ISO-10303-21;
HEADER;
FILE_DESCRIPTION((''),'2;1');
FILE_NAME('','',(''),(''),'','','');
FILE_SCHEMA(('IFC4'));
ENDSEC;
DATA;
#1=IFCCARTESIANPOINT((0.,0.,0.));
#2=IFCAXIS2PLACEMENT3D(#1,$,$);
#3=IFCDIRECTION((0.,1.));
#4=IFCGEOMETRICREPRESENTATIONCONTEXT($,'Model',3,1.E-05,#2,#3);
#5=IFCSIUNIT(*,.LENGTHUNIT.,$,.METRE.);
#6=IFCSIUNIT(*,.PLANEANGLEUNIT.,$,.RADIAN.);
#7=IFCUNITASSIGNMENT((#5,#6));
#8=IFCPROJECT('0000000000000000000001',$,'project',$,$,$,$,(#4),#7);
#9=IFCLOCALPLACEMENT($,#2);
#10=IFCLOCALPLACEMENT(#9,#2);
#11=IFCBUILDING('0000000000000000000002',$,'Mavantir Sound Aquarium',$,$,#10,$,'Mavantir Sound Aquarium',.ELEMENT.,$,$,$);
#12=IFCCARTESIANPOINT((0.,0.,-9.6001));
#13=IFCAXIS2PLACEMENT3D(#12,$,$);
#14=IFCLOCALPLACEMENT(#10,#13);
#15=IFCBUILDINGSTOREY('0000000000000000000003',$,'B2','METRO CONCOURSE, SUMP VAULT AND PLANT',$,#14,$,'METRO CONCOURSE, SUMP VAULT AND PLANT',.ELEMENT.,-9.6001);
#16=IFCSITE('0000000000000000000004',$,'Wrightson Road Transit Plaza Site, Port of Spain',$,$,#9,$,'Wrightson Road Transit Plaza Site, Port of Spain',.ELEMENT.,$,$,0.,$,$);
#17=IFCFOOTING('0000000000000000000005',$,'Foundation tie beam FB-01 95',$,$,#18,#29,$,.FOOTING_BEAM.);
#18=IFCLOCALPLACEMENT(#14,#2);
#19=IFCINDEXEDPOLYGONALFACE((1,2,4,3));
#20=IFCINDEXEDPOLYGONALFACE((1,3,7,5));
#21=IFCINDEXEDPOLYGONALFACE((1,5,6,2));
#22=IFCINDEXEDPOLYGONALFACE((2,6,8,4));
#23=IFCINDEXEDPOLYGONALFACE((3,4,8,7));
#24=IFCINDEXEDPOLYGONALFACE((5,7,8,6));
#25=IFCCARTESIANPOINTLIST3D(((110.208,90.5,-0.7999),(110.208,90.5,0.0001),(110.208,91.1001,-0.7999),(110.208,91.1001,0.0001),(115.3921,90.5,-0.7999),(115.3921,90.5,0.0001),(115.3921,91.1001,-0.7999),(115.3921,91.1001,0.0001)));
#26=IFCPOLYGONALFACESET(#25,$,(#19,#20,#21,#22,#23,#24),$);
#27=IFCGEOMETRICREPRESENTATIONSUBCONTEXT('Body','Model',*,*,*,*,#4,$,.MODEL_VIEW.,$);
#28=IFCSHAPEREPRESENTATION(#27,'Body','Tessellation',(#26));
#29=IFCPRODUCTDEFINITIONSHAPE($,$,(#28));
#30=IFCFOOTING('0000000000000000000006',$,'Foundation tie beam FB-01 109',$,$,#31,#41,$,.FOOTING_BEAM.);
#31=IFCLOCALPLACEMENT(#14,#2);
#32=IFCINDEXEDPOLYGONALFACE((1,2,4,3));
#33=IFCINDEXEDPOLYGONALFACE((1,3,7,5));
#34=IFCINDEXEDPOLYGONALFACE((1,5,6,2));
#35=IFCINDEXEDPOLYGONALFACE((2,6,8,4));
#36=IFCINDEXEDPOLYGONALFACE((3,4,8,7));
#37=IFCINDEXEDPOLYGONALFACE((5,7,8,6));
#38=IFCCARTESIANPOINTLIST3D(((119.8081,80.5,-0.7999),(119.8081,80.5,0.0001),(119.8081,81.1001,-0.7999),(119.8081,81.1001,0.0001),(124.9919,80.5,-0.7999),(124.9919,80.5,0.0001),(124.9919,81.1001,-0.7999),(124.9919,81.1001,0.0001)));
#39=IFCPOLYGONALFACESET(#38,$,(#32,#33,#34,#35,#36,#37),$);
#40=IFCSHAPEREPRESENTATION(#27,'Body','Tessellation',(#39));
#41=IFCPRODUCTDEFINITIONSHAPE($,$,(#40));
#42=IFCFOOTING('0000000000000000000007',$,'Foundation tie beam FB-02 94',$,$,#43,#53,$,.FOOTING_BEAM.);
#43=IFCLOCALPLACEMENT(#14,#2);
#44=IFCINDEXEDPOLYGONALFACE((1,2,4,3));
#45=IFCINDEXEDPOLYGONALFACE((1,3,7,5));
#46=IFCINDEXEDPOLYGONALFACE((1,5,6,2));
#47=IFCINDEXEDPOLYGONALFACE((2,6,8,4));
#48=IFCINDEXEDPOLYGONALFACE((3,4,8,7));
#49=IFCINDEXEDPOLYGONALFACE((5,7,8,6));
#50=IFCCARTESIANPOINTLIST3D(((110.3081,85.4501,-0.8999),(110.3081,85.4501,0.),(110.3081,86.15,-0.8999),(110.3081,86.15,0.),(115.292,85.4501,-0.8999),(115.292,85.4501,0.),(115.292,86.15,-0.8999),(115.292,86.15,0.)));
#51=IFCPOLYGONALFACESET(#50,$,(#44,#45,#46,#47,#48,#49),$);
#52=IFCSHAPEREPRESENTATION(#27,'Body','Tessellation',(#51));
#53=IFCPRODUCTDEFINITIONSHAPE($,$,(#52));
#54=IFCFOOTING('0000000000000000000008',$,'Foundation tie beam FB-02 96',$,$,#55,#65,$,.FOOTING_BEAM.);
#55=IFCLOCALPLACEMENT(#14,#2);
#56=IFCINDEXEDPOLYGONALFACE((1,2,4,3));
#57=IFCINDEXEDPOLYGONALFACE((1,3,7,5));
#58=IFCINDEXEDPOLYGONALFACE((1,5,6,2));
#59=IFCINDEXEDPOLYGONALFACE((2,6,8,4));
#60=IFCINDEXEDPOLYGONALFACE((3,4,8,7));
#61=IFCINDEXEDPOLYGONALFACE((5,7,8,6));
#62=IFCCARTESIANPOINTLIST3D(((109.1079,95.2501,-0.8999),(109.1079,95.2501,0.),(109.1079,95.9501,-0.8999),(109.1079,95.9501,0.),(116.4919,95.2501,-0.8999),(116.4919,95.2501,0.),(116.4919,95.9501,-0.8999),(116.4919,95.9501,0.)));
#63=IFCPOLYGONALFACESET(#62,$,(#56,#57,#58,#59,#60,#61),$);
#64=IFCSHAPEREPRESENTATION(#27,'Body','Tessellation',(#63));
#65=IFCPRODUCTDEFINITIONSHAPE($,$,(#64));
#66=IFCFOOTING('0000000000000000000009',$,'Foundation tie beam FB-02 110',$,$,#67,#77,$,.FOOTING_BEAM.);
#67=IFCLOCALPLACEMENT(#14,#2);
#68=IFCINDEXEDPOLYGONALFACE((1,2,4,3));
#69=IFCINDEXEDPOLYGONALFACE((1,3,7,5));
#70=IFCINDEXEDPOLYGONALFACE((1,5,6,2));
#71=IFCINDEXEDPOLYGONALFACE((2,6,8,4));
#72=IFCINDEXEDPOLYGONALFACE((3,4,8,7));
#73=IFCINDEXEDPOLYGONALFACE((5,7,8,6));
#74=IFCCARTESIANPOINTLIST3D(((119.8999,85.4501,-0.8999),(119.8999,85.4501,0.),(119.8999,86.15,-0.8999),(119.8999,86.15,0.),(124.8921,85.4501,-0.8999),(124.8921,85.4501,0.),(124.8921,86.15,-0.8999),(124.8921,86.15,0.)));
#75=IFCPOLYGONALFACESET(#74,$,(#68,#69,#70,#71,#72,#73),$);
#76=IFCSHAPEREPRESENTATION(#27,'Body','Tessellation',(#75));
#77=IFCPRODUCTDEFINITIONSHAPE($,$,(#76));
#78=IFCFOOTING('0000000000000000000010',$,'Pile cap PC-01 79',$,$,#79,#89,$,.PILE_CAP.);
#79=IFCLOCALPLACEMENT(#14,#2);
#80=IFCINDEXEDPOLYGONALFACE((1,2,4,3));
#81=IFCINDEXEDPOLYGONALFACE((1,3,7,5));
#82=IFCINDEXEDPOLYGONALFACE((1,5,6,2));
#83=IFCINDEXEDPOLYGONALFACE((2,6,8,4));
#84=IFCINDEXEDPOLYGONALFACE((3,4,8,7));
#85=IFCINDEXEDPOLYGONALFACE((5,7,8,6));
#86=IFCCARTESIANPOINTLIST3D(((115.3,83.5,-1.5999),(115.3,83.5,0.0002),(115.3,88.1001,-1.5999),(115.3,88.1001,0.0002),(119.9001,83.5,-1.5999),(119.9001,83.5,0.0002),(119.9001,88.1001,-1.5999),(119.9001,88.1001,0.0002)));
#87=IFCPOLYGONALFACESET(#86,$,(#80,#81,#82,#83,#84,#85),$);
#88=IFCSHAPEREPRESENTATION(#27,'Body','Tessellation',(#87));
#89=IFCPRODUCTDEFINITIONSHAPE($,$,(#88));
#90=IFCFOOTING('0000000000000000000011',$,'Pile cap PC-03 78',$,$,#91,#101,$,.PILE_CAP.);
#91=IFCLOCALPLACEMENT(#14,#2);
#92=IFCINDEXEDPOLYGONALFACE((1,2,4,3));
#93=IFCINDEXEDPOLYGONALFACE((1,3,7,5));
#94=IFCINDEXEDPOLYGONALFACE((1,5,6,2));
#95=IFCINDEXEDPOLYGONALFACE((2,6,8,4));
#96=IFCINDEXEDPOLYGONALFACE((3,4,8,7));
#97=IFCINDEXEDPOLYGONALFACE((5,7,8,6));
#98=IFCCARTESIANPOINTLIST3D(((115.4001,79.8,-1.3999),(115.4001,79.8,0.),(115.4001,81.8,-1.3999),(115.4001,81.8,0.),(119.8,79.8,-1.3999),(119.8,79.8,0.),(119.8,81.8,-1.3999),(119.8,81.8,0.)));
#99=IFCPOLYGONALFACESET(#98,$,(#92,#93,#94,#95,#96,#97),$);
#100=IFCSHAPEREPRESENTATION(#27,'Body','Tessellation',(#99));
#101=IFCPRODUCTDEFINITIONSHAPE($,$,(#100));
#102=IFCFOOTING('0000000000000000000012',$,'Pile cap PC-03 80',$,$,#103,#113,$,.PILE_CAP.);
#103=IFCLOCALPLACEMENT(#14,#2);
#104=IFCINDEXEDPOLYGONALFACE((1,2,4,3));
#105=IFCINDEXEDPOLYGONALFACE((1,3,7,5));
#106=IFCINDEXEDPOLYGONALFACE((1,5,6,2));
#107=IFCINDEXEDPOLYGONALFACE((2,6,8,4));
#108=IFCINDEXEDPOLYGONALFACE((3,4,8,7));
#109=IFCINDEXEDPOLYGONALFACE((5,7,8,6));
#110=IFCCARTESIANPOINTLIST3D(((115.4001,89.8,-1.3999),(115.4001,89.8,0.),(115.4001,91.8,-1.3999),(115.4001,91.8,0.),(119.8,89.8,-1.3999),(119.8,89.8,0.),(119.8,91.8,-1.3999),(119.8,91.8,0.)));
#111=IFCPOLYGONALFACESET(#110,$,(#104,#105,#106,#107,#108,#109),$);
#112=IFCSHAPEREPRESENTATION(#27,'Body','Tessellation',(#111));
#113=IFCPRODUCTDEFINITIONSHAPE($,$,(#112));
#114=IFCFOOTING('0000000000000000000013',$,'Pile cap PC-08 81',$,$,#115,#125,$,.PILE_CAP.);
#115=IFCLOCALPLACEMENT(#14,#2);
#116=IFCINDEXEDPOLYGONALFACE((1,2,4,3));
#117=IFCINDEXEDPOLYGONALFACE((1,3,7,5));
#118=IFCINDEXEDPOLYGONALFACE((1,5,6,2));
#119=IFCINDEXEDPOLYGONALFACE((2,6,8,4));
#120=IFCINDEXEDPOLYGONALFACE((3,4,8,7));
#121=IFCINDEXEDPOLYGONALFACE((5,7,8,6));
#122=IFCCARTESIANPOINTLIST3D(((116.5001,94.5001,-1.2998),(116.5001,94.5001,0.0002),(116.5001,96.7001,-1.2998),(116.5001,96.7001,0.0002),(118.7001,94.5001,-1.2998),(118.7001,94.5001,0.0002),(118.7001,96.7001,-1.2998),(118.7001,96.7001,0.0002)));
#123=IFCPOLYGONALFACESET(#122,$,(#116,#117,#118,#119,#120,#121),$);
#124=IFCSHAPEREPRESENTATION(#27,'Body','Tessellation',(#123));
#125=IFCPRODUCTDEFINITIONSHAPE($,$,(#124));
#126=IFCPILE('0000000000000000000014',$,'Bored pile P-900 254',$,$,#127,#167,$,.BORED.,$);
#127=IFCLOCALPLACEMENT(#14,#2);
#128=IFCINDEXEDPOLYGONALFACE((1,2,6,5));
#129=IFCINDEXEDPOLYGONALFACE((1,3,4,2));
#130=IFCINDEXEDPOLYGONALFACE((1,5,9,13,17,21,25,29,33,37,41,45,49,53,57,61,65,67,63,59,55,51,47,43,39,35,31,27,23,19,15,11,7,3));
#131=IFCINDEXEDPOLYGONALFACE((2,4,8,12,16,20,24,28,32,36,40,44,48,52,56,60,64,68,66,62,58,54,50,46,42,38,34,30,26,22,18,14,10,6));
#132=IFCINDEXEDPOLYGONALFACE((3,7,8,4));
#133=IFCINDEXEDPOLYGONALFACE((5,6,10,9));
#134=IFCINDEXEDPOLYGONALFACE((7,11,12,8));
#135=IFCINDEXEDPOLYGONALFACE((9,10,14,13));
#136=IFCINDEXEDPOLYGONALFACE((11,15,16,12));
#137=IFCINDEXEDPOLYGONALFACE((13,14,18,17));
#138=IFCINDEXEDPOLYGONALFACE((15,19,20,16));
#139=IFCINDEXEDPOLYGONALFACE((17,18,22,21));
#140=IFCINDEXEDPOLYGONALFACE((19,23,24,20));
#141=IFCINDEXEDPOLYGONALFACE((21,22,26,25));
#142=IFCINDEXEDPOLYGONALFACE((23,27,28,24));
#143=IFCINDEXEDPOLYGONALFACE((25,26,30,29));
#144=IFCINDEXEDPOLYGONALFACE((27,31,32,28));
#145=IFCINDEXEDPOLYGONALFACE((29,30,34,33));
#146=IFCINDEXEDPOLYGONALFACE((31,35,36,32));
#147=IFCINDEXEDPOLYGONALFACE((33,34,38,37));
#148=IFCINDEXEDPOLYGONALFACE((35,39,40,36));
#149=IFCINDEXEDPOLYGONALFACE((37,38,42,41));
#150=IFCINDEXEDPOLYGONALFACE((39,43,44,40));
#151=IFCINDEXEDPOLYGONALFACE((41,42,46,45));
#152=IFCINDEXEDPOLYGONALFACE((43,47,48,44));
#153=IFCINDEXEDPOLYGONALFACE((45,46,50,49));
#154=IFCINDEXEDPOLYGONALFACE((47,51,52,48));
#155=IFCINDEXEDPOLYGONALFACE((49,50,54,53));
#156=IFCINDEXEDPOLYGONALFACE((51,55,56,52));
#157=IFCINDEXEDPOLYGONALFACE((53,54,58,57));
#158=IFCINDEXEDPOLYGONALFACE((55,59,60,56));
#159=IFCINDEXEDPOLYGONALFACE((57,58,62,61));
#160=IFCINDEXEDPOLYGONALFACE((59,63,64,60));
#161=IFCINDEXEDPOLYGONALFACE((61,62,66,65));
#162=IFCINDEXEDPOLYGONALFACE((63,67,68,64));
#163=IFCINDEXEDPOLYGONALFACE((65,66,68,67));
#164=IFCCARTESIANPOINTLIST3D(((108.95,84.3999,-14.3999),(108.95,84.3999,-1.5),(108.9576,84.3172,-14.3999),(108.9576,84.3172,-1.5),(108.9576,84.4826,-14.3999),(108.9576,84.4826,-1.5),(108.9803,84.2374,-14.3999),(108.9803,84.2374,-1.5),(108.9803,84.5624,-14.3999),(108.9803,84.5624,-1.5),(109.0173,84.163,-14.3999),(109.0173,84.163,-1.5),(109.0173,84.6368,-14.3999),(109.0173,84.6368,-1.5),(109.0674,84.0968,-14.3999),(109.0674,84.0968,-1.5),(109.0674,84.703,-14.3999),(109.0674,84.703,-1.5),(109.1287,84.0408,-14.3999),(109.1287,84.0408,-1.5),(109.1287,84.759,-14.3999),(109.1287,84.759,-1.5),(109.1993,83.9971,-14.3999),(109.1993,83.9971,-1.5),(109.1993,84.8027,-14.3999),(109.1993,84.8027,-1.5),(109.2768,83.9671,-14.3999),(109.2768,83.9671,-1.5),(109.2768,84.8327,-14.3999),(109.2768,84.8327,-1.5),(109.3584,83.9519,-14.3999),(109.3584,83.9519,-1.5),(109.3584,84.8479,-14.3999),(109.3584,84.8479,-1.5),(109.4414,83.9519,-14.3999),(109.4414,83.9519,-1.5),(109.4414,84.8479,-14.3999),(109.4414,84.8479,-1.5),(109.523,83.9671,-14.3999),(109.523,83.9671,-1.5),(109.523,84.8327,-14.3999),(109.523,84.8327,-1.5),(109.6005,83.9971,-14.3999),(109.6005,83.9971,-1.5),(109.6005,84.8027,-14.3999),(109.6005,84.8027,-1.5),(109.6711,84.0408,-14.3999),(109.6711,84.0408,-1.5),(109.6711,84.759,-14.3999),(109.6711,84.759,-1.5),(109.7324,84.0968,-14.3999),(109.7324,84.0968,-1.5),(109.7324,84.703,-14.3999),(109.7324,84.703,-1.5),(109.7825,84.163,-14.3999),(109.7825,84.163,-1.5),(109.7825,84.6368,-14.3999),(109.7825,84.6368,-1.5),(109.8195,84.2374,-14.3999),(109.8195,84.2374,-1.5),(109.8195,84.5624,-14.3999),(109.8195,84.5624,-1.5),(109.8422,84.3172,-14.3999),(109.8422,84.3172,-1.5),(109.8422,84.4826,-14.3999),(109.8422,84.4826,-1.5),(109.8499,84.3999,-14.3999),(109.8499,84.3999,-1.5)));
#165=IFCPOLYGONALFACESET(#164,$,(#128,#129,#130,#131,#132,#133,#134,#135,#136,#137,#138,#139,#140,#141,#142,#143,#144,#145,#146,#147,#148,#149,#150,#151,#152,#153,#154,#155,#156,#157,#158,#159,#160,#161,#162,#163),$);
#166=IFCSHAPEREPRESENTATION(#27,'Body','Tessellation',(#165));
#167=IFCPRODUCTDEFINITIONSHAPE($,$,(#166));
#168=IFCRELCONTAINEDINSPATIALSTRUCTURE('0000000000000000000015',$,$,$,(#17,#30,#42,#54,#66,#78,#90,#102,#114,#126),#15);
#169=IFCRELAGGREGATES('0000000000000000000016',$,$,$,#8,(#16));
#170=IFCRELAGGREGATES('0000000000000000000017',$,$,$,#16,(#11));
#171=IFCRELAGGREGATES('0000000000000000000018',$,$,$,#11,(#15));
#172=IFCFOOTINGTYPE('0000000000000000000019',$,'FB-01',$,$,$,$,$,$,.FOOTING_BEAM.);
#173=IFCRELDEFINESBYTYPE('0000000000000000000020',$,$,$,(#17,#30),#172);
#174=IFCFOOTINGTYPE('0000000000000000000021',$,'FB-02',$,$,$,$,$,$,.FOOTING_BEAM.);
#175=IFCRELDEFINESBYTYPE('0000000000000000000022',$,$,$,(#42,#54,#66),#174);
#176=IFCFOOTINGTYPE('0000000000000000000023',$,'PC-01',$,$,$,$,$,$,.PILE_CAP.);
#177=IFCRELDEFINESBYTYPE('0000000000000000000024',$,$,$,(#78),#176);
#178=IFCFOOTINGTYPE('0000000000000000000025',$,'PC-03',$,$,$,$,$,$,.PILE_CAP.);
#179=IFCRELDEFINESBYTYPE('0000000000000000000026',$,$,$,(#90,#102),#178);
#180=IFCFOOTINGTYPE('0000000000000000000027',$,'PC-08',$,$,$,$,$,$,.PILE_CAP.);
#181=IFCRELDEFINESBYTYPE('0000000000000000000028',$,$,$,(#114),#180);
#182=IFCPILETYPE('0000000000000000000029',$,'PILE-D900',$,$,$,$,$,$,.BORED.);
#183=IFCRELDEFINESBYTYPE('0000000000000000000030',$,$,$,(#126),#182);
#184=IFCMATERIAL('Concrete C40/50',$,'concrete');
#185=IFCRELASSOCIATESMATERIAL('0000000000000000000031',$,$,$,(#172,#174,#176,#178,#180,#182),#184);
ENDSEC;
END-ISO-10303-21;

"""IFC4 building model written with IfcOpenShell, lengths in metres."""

from ifc_helpers import new_model, si_unit, direction, frame, origin, origin_2d, place, context, subcontext, project, spatial, rectangle, circle, extrude, material, material_profile, profile_set, type_object, element, save


model = new_model("IFC4")

# Units and contexts
model_context = context("Model", 3, precision=1e-05, world=origin(), true_north=direction((0.0, 1.0)))
body_context = subcontext(model_context, "Body", "Model", "MODEL_VIEW")
ifc_project = project(units=[si_unit("LENGTHUNIT", "METRE"), si_unit("PLANEANGLEUNIT", "RADIAN")], contexts=[model_context])

# Site, building, storey
site_placement = place(None, origin())
site = spatial("IfcSite", under=ifc_project, at=site_placement, Name="Wrightson Road Transit Plaza Site, Port of Spain", LongName="Wrightson Road Transit Plaza Site, Port of Spain", CompositionType="ELEMENT", RefElevation=0.0)
building_placement = place(site_placement, origin())
building = spatial("IfcBuilding", under=site, at=building_placement, Name="Mavantir Sound Aquarium", LongName="Mavantir Sound Aquarium", CompositionType="ELEMENT")
storey_placement = place(building_placement, frame((0.0, 0.0, -9.6001)))
storey = spatial("IfcBuildingStorey", under=building, at=storey_placement, Name="B2", Description="METRO CONCOURSE, SUMP VAULT AND PLANT", LongName="METRO CONCOURSE, SUMP VAULT AND PLANT", CompositionType="ELEMENT", Elevation=-9.6001)

# Footings
ifc_material_1 = material(Name="Concrete C40/50", Category="concrete")
ifc_material_profile_1 = material_profile(ifc_material_1, rectangle(XDim=0.6001, YDim=0.8, at=origin_2d()), Name="RC 600X800")
ifc_profile_set_1 = profile_set([ifc_material_profile_1], Name="Concrete C40/50")
footing_type_1 = type_object("IfcFootingType", Name="FB-01", PredefinedType="FOOTING_BEAM", material=ifc_profile_set_1)
footing_1_placement = place(storey_placement, frame((110.208, 90.8, -0.3999), z_axis=(1.0, 0.0, 0.0), x_axis=(0.0, 1.0, 0.0)))
element("IfcFooting", 1, at=footing_1_placement, inside=storey, type_object=footing_type_1, Name="Foundation tie beam FB-01 95", PredefinedType="FOOTING_BEAM", context=body_context, shape_type="SweptSolid", body=[
    extrude(rectangle(XDim=0.6001, YDim=0.8, at=origin_2d()), origin(), (0.0, 0.0, 1.0), 5.1841),
])
footing_2_placement = place(storey_placement, frame((119.8081, 80.8, -0.3999), z_axis=(1.0, 0.0, 0.0), x_axis=(0.0, 1.0, 0.0)))
element("IfcFooting", 2, at=footing_2_placement, inside=storey, type_object=footing_type_1, Name="Foundation tie beam FB-01 109", PredefinedType="FOOTING_BEAM", context=body_context, shape_type="SweptSolid", body=[
    extrude(rectangle(XDim=0.6001, YDim=0.8, at=origin_2d()), origin(), (0.0, 0.0, 1.0), 5.1838),
])
ifc_material_profile_2 = material_profile(ifc_material_1, rectangle(XDim=0.7, YDim=0.8999, at=origin_2d()), Name="RC 700X900")
ifc_profile_set_2 = profile_set([ifc_material_profile_2], Name="Concrete C40/50")
footing_type_2 = type_object("IfcFootingType", Name="FB-02", PredefinedType="FOOTING_BEAM", material=ifc_profile_set_2)
footing_3_placement = place(storey_placement, frame((110.3081, 85.8, -0.45), z_axis=(1.0, 0.0, 0.0), x_axis=(0.0, 1.0, 0.0)))
element("IfcFooting", 3, at=footing_3_placement, inside=storey, type_object=footing_type_2, Name="Foundation tie beam FB-02 94", PredefinedType="FOOTING_BEAM", context=body_context, shape_type="SweptSolid", body=[
    extrude(rectangle(XDim=0.7, YDim=0.8999, at=origin_2d()), origin(), (0.0, 0.0, 1.0), 4.9839),
])
footing_4_placement = place(storey_placement, frame((109.1079, 95.6001, -0.45), z_axis=(1.0, 0.0, 0.0), x_axis=(0.0, 1.0, 0.0)))
element("IfcFooting", 4, at=footing_4_placement, inside=storey, type_object=footing_type_2, Name="Foundation tie beam FB-02 96", PredefinedType="FOOTING_BEAM", context=body_context, shape_type="SweptSolid", body=[
    extrude(rectangle(XDim=0.7, YDim=0.8999, at=origin_2d()), origin(), (0.0, 0.0, 1.0), 7.384),
])
footing_5_placement = place(storey_placement, frame((119.8999, 85.8, -0.45), z_axis=(1.0, 0.0, 0.0), x_axis=(0.0, 1.0, 0.0)))
element("IfcFooting", 5, at=footing_5_placement, inside=storey, type_object=footing_type_2, Name="Foundation tie beam FB-02 110", PredefinedType="FOOTING_BEAM", context=body_context, shape_type="SweptSolid", body=[
    extrude(rectangle(XDim=0.7, YDim=0.8999, at=origin_2d()), origin(), (0.0, 0.0, 1.0), 4.9922),
])
footing_type_3 = type_object("IfcFootingType", Name="PC-01", PredefinedType="PILE_CAP", material=ifc_material_1)
footing_6_placement = place(storey_placement, frame((117.6001, 85.8, -1.5999), z_axis=(0.0, 0.0, 1.0), x_axis=(1.0, 0.0, 0.0)))
element("IfcFooting", 6, at=footing_6_placement, inside=storey, type_object=footing_type_3, Name="Pile cap PC-01 79", PredefinedType="PILE_CAP", context=body_context, shape_type="SweptSolid", body=[
    extrude(rectangle(XDim=4.6001, YDim=4.6001, at=origin_2d()), origin(), (0.0, 0.0, 1.0), 1.6001),
])
footing_type_4 = type_object("IfcFootingType", Name="PC-03", PredefinedType="PILE_CAP", material=ifc_material_1)
for number, where, z_axis, x_axis, name in (
    (7, (117.6001, 80.8, -1.3999), (0.0, 0.0, 1.0), (1.0, 0.0, 0.0), "Pile cap PC-03 78"),
    (8, (117.6001, 90.8, -1.3999), (0.0, 0.0, 1.0), (1.0, 0.0, 0.0), "Pile cap PC-03 80"),
):
    element("IfcFooting", number, at=place(storey_placement, frame(where, z_axis=z_axis, x_axis=x_axis)), inside=storey, type_object=footing_type_4, Name=name, PredefinedType="PILE_CAP", context=body_context, shape_type="SweptSolid", body=[
        extrude(rectangle(XDim=4.3999, YDim=2.0, at=origin_2d()), origin(), (0.0, 0.0, 1.0), 1.3999),
    ])
footing_type_5 = type_object("IfcFootingType", Name="PC-08", PredefinedType="PILE_CAP", material=ifc_material_1)
footing_7_placement = place(storey_placement, frame((117.6001, 95.6001, -1.2998), z_axis=(0.0, 0.0, 1.0), x_axis=(1.0, 0.0, 0.0)))
element("IfcFooting", 9, at=footing_7_placement, inside=storey, type_object=footing_type_5, Name="Pile cap PC-08 81", PredefinedType="PILE_CAP", context=body_context, shape_type="SweptSolid", body=[
    extrude(rectangle(XDim=2.2, YDim=2.2, at=origin_2d()), origin(), (0.0, 0.0, 1.0), 1.3),
])

# Pile
ifc_material_profile_3 = material_profile(ifc_material_1, circle(Radius=0.45, at=origin_2d()), Name="PILE D900")
ifc_profile_set_3 = profile_set([ifc_material_profile_3], Name="Concrete C40/50")
pile_type = type_object("IfcPileType", Name="PILE-D900", PredefinedType="BORED", material=ifc_profile_set_3)
for number, where, z_axis, x_axis, name in (
    (10, (109.3999, 84.3999, -1.5), (0.0, 0.0, -1.0), (1.0, 0.0, 0.0), "Bored pile P-900 254"),
):
    element("IfcPile", number, at=place(storey_placement, frame(where, z_axis=z_axis, x_axis=x_axis)), inside=storey, type_object=pile_type, Name=name, PredefinedType="BORED", context=body_context, shape_type="SweptSolid", body=[
        extrude(circle(Radius=0.45, at=origin_2d()), origin(), (0.0, 0.0, 1.0), 12.8999),
    ])

save(model, "model.ifc")
